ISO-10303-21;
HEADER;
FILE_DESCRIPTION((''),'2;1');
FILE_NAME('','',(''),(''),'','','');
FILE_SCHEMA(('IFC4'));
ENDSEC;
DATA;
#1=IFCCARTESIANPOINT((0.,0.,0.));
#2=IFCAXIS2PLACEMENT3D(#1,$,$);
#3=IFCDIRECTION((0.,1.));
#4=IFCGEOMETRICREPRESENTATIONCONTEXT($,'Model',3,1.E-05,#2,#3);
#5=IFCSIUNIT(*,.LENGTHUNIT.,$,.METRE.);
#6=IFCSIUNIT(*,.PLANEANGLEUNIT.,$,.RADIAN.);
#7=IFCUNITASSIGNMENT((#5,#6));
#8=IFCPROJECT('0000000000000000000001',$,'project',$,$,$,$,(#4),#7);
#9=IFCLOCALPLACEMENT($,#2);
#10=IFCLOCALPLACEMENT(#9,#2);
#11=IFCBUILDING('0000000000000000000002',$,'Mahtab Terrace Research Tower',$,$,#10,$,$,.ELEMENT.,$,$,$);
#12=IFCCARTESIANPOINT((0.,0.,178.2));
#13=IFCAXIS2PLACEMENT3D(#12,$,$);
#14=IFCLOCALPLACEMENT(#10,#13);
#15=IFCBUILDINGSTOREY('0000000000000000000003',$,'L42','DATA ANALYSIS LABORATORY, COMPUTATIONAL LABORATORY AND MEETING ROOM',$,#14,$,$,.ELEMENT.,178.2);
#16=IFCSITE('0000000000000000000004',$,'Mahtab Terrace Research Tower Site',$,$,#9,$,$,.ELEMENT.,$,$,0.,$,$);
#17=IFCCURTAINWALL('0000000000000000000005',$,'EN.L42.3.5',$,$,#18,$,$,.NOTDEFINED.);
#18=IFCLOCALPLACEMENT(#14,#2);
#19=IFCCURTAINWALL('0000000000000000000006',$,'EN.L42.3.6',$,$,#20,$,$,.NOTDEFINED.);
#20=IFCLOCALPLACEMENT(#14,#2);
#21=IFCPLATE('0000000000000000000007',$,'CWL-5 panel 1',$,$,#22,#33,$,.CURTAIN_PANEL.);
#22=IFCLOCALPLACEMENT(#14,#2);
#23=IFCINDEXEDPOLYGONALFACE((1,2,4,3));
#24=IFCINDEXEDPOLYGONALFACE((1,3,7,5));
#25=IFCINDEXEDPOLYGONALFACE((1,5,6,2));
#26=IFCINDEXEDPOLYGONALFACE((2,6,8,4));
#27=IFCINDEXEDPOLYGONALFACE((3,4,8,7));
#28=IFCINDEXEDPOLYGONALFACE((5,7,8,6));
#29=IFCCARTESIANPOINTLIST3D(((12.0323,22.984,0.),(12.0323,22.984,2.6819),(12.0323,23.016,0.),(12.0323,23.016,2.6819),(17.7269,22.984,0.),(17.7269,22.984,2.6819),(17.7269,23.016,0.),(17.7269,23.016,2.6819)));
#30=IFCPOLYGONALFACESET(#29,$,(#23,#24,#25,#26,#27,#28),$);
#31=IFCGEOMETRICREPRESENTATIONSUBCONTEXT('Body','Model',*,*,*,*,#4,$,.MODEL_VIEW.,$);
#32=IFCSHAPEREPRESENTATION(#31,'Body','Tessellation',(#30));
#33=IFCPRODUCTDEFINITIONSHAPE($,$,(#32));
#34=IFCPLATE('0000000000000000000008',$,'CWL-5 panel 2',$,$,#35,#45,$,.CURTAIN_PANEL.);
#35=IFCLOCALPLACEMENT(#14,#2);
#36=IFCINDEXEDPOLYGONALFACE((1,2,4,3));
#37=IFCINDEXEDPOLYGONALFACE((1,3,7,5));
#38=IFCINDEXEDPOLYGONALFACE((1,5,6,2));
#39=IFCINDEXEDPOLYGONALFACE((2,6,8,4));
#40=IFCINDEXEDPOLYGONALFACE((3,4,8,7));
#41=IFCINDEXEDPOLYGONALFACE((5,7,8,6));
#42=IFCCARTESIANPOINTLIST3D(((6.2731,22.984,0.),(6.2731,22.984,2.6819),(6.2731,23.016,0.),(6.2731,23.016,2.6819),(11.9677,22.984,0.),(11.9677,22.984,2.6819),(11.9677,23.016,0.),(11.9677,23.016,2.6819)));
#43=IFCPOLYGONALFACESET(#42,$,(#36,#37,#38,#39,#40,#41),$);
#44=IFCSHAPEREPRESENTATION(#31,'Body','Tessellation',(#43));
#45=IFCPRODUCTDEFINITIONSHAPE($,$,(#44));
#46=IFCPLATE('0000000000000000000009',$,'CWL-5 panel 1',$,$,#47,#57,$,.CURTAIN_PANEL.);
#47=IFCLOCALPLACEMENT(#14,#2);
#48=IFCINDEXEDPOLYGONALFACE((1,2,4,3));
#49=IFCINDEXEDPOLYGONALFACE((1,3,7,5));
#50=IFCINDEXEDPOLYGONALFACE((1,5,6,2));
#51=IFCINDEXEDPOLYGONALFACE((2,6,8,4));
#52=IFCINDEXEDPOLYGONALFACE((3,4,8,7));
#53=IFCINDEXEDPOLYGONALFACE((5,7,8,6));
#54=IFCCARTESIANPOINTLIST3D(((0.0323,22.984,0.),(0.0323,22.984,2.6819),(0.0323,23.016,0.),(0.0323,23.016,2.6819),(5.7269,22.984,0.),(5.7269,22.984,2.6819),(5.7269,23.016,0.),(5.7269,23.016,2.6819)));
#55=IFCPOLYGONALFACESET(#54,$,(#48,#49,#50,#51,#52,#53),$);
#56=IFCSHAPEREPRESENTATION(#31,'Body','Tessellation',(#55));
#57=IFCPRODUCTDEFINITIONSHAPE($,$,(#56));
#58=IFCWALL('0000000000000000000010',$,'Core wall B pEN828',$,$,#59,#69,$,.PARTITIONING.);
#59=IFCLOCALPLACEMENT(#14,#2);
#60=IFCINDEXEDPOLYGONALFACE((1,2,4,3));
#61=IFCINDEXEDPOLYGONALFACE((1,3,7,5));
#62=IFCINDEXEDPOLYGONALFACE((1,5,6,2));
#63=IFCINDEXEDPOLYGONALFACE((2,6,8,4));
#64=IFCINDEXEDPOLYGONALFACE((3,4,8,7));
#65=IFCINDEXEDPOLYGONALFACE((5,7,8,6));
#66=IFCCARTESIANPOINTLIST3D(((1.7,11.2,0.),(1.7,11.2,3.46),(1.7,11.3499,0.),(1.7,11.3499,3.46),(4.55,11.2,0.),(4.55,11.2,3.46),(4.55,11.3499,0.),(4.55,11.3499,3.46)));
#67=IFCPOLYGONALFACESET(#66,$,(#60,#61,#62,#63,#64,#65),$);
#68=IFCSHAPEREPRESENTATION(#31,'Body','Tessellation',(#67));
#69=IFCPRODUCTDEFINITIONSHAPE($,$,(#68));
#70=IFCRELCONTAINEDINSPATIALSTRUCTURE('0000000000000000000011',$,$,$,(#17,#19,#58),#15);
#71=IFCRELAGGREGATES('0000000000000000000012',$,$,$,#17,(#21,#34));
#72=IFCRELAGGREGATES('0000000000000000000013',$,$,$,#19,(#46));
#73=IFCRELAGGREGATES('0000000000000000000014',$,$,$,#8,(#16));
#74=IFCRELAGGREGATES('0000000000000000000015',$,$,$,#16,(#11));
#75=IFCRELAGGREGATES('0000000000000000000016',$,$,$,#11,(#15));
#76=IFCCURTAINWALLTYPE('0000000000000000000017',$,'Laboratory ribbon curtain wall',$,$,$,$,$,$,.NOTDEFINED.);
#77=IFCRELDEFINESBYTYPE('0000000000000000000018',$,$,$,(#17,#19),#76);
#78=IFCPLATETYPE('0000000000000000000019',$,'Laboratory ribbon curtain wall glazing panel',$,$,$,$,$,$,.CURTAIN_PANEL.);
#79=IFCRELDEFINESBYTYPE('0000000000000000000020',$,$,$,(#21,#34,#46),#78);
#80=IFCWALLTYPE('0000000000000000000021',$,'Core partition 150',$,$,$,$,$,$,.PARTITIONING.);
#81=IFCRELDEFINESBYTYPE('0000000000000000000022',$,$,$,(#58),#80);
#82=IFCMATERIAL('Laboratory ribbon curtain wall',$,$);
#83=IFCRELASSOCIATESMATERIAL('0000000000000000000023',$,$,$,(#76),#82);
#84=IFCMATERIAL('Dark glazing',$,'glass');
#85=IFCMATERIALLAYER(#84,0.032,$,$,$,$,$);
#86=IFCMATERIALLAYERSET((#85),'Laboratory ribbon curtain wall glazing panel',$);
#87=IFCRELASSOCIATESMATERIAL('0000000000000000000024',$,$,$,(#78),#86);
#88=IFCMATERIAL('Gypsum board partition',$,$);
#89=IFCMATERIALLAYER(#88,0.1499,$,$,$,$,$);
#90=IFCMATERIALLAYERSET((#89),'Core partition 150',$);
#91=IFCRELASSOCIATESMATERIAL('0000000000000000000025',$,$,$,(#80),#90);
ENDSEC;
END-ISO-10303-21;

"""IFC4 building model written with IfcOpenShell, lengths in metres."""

from ifc_helpers import new_model, si_unit, direction, frame, frame_2d, origin, origin_2d, place, context, subcontext, project, spatial, rectangle, extrude, material, layer, layer_set, type_object, element, aggregate, save


model = new_model("IFC4")

# Units and contexts
model_context = context("Model", 3, precision=1e-05, world=origin(), true_north=direction((0.0, 1.0)))
body_context = subcontext(model_context, "Body", "Model", "MODEL_VIEW")
ifc_project = project(units=[si_unit("LENGTHUNIT", "METRE"), si_unit("PLANEANGLEUNIT", "RADIAN")], contexts=[model_context])

# Site, building, storey
site_placement = place(None, origin())
site = spatial("IfcSite", under=ifc_project, at=site_placement, Name="Mahtab Terrace Research Tower Site", CompositionType="ELEMENT", RefElevation=0.0)
building_placement = place(site_placement, origin())
building = spatial("IfcBuilding", under=site, at=building_placement, Name="Mahtab Terrace Research Tower", CompositionType="ELEMENT")
storey_placement = place(building_placement, frame((0.0, 0.0, 178.2)))
storey = spatial("IfcBuildingStorey", under=building, at=storey_placement, Name="L42", Description="DATA ANALYSIS LABORATORY, COMPUTATIONAL LABORATORY AND MEETING ROOM", CompositionType="ELEMENT", Elevation=178.2)

# Curtain wall
ifc_material_1 = material(Name="Laboratory ribbon curtain wall")
curtain_wall_type = type_object("IfcCurtainWallType", Name="Laboratory ribbon curtain wall", PredefinedType="NOTDEFINED", material=ifc_material_1)
curtain_wall_1_placement = place(storey_placement, origin())
curtain_wall_1 = element("IfcCurtainWall", 1, at=curtain_wall_1_placement, inside=storey, type_object=curtain_wall_type, Name="EN.L42.3.5", PredefinedType="NOTDEFINED")

# Curtain wall
curtain_wall_2_placement = place(storey_placement, origin())
curtain_wall_2 = element("IfcCurtainWall", 2, at=curtain_wall_2_placement, inside=storey, type_object=curtain_wall_type, Name="EN.L42.3.6", PredefinedType="NOTDEFINED")

# Plates
ifc_material_2 = material(Name="Dark glazing", Category="glass")
ifc_layer_1 = layer(ifc_material_2, 0.032)
ifc_layer_set_1 = layer_set([ifc_layer_1], Name="Laboratory ribbon curtain wall glazing panel")
plate_type = type_object("IfcPlateType", Name="Laboratory ribbon curtain wall glazing panel", PredefinedType="CURTAIN_PANEL", material=ifc_layer_set_1)
plate_1_placement = place(storey_placement, frame((14.8796, 23.0, 0.0), z_axis=(0.0, 0.0, 1.0), x_axis=(-1.0, 0.0, 0.0)))
plate_1 = element("IfcPlate", 3, at=plate_1_placement, type_object=plate_type, Name="CWL-5 panel 1", PredefinedType="CURTAIN_PANEL", context=body_context, shape_type="SweptSolid", body=[
    extrude(rectangle(XDim=5.6946, YDim=0.032, at=origin_2d()), origin(), (0.0, 0.0, 1.0), 2.6819),
])
plate_2_placement = place(storey_placement, frame((9.1204, 23.0, 0.0), z_axis=(0.0, 0.0, 1.0), x_axis=(-1.0, 0.0, 0.0)))
plate_2 = element("IfcPlate", 4, at=plate_2_placement, type_object=plate_type, Name="CWL-5 panel 2", PredefinedType="CURTAIN_PANEL", context=body_context, shape_type="SweptSolid", body=[
    extrude(rectangle(XDim=5.6946, YDim=0.032, at=origin_2d()), origin(), (0.0, 0.0, 1.0), 2.6819),
])
aggregate(curtain_wall_1, [plate_1, plate_2])
plate_3_placement = place(storey_placement, frame((2.8796, 23.0, 0.0), z_axis=(0.0, 0.0, 1.0), x_axis=(-1.0, 0.0, 0.0)))
plate_3 = element("IfcPlate", 5, at=plate_3_placement, type_object=plate_type, Name="CWL-5 panel 1", PredefinedType="CURTAIN_PANEL", context=body_context, shape_type="SweptSolid", body=[
    extrude(rectangle(XDim=5.6946, YDim=0.032, at=origin_2d()), origin(), (0.0, 0.0, 1.0), 2.6819),
])
aggregate(curtain_wall_2, [plate_3])

# Wall
ifc_material_3 = material(Name="Gypsum board partition")
ifc_layer_2 = layer(ifc_material_3, 0.1499)
ifc_layer_set_2 = layer_set([ifc_layer_2], Name="Core partition 150")
wall_type_1 = type_object("IfcWallType", Name="Core partition 150", PredefinedType="PARTITIONING", material=ifc_layer_set_2)
wall_1_placement = place(storey_placement, frame((1.7, 11.2749, 0.0), z_axis=(0.0, 0.0, 1.0), x_axis=(1.0, 0.0, 0.0)))
element("IfcWall", 6, at=wall_1_placement, inside=storey, type_object=wall_type_1, Name="Core wall B pEN828", PredefinedType="PARTITIONING", context=body_context, shape_type="SweptSolid", body=[
    extrude(rectangle(XDim=2.8501, YDim=0.1499, at=frame_2d((1.425, 0.0))), origin(), (0.0, 0.0, 1.0), 3.46),
])

save(model, "model.ifc")
